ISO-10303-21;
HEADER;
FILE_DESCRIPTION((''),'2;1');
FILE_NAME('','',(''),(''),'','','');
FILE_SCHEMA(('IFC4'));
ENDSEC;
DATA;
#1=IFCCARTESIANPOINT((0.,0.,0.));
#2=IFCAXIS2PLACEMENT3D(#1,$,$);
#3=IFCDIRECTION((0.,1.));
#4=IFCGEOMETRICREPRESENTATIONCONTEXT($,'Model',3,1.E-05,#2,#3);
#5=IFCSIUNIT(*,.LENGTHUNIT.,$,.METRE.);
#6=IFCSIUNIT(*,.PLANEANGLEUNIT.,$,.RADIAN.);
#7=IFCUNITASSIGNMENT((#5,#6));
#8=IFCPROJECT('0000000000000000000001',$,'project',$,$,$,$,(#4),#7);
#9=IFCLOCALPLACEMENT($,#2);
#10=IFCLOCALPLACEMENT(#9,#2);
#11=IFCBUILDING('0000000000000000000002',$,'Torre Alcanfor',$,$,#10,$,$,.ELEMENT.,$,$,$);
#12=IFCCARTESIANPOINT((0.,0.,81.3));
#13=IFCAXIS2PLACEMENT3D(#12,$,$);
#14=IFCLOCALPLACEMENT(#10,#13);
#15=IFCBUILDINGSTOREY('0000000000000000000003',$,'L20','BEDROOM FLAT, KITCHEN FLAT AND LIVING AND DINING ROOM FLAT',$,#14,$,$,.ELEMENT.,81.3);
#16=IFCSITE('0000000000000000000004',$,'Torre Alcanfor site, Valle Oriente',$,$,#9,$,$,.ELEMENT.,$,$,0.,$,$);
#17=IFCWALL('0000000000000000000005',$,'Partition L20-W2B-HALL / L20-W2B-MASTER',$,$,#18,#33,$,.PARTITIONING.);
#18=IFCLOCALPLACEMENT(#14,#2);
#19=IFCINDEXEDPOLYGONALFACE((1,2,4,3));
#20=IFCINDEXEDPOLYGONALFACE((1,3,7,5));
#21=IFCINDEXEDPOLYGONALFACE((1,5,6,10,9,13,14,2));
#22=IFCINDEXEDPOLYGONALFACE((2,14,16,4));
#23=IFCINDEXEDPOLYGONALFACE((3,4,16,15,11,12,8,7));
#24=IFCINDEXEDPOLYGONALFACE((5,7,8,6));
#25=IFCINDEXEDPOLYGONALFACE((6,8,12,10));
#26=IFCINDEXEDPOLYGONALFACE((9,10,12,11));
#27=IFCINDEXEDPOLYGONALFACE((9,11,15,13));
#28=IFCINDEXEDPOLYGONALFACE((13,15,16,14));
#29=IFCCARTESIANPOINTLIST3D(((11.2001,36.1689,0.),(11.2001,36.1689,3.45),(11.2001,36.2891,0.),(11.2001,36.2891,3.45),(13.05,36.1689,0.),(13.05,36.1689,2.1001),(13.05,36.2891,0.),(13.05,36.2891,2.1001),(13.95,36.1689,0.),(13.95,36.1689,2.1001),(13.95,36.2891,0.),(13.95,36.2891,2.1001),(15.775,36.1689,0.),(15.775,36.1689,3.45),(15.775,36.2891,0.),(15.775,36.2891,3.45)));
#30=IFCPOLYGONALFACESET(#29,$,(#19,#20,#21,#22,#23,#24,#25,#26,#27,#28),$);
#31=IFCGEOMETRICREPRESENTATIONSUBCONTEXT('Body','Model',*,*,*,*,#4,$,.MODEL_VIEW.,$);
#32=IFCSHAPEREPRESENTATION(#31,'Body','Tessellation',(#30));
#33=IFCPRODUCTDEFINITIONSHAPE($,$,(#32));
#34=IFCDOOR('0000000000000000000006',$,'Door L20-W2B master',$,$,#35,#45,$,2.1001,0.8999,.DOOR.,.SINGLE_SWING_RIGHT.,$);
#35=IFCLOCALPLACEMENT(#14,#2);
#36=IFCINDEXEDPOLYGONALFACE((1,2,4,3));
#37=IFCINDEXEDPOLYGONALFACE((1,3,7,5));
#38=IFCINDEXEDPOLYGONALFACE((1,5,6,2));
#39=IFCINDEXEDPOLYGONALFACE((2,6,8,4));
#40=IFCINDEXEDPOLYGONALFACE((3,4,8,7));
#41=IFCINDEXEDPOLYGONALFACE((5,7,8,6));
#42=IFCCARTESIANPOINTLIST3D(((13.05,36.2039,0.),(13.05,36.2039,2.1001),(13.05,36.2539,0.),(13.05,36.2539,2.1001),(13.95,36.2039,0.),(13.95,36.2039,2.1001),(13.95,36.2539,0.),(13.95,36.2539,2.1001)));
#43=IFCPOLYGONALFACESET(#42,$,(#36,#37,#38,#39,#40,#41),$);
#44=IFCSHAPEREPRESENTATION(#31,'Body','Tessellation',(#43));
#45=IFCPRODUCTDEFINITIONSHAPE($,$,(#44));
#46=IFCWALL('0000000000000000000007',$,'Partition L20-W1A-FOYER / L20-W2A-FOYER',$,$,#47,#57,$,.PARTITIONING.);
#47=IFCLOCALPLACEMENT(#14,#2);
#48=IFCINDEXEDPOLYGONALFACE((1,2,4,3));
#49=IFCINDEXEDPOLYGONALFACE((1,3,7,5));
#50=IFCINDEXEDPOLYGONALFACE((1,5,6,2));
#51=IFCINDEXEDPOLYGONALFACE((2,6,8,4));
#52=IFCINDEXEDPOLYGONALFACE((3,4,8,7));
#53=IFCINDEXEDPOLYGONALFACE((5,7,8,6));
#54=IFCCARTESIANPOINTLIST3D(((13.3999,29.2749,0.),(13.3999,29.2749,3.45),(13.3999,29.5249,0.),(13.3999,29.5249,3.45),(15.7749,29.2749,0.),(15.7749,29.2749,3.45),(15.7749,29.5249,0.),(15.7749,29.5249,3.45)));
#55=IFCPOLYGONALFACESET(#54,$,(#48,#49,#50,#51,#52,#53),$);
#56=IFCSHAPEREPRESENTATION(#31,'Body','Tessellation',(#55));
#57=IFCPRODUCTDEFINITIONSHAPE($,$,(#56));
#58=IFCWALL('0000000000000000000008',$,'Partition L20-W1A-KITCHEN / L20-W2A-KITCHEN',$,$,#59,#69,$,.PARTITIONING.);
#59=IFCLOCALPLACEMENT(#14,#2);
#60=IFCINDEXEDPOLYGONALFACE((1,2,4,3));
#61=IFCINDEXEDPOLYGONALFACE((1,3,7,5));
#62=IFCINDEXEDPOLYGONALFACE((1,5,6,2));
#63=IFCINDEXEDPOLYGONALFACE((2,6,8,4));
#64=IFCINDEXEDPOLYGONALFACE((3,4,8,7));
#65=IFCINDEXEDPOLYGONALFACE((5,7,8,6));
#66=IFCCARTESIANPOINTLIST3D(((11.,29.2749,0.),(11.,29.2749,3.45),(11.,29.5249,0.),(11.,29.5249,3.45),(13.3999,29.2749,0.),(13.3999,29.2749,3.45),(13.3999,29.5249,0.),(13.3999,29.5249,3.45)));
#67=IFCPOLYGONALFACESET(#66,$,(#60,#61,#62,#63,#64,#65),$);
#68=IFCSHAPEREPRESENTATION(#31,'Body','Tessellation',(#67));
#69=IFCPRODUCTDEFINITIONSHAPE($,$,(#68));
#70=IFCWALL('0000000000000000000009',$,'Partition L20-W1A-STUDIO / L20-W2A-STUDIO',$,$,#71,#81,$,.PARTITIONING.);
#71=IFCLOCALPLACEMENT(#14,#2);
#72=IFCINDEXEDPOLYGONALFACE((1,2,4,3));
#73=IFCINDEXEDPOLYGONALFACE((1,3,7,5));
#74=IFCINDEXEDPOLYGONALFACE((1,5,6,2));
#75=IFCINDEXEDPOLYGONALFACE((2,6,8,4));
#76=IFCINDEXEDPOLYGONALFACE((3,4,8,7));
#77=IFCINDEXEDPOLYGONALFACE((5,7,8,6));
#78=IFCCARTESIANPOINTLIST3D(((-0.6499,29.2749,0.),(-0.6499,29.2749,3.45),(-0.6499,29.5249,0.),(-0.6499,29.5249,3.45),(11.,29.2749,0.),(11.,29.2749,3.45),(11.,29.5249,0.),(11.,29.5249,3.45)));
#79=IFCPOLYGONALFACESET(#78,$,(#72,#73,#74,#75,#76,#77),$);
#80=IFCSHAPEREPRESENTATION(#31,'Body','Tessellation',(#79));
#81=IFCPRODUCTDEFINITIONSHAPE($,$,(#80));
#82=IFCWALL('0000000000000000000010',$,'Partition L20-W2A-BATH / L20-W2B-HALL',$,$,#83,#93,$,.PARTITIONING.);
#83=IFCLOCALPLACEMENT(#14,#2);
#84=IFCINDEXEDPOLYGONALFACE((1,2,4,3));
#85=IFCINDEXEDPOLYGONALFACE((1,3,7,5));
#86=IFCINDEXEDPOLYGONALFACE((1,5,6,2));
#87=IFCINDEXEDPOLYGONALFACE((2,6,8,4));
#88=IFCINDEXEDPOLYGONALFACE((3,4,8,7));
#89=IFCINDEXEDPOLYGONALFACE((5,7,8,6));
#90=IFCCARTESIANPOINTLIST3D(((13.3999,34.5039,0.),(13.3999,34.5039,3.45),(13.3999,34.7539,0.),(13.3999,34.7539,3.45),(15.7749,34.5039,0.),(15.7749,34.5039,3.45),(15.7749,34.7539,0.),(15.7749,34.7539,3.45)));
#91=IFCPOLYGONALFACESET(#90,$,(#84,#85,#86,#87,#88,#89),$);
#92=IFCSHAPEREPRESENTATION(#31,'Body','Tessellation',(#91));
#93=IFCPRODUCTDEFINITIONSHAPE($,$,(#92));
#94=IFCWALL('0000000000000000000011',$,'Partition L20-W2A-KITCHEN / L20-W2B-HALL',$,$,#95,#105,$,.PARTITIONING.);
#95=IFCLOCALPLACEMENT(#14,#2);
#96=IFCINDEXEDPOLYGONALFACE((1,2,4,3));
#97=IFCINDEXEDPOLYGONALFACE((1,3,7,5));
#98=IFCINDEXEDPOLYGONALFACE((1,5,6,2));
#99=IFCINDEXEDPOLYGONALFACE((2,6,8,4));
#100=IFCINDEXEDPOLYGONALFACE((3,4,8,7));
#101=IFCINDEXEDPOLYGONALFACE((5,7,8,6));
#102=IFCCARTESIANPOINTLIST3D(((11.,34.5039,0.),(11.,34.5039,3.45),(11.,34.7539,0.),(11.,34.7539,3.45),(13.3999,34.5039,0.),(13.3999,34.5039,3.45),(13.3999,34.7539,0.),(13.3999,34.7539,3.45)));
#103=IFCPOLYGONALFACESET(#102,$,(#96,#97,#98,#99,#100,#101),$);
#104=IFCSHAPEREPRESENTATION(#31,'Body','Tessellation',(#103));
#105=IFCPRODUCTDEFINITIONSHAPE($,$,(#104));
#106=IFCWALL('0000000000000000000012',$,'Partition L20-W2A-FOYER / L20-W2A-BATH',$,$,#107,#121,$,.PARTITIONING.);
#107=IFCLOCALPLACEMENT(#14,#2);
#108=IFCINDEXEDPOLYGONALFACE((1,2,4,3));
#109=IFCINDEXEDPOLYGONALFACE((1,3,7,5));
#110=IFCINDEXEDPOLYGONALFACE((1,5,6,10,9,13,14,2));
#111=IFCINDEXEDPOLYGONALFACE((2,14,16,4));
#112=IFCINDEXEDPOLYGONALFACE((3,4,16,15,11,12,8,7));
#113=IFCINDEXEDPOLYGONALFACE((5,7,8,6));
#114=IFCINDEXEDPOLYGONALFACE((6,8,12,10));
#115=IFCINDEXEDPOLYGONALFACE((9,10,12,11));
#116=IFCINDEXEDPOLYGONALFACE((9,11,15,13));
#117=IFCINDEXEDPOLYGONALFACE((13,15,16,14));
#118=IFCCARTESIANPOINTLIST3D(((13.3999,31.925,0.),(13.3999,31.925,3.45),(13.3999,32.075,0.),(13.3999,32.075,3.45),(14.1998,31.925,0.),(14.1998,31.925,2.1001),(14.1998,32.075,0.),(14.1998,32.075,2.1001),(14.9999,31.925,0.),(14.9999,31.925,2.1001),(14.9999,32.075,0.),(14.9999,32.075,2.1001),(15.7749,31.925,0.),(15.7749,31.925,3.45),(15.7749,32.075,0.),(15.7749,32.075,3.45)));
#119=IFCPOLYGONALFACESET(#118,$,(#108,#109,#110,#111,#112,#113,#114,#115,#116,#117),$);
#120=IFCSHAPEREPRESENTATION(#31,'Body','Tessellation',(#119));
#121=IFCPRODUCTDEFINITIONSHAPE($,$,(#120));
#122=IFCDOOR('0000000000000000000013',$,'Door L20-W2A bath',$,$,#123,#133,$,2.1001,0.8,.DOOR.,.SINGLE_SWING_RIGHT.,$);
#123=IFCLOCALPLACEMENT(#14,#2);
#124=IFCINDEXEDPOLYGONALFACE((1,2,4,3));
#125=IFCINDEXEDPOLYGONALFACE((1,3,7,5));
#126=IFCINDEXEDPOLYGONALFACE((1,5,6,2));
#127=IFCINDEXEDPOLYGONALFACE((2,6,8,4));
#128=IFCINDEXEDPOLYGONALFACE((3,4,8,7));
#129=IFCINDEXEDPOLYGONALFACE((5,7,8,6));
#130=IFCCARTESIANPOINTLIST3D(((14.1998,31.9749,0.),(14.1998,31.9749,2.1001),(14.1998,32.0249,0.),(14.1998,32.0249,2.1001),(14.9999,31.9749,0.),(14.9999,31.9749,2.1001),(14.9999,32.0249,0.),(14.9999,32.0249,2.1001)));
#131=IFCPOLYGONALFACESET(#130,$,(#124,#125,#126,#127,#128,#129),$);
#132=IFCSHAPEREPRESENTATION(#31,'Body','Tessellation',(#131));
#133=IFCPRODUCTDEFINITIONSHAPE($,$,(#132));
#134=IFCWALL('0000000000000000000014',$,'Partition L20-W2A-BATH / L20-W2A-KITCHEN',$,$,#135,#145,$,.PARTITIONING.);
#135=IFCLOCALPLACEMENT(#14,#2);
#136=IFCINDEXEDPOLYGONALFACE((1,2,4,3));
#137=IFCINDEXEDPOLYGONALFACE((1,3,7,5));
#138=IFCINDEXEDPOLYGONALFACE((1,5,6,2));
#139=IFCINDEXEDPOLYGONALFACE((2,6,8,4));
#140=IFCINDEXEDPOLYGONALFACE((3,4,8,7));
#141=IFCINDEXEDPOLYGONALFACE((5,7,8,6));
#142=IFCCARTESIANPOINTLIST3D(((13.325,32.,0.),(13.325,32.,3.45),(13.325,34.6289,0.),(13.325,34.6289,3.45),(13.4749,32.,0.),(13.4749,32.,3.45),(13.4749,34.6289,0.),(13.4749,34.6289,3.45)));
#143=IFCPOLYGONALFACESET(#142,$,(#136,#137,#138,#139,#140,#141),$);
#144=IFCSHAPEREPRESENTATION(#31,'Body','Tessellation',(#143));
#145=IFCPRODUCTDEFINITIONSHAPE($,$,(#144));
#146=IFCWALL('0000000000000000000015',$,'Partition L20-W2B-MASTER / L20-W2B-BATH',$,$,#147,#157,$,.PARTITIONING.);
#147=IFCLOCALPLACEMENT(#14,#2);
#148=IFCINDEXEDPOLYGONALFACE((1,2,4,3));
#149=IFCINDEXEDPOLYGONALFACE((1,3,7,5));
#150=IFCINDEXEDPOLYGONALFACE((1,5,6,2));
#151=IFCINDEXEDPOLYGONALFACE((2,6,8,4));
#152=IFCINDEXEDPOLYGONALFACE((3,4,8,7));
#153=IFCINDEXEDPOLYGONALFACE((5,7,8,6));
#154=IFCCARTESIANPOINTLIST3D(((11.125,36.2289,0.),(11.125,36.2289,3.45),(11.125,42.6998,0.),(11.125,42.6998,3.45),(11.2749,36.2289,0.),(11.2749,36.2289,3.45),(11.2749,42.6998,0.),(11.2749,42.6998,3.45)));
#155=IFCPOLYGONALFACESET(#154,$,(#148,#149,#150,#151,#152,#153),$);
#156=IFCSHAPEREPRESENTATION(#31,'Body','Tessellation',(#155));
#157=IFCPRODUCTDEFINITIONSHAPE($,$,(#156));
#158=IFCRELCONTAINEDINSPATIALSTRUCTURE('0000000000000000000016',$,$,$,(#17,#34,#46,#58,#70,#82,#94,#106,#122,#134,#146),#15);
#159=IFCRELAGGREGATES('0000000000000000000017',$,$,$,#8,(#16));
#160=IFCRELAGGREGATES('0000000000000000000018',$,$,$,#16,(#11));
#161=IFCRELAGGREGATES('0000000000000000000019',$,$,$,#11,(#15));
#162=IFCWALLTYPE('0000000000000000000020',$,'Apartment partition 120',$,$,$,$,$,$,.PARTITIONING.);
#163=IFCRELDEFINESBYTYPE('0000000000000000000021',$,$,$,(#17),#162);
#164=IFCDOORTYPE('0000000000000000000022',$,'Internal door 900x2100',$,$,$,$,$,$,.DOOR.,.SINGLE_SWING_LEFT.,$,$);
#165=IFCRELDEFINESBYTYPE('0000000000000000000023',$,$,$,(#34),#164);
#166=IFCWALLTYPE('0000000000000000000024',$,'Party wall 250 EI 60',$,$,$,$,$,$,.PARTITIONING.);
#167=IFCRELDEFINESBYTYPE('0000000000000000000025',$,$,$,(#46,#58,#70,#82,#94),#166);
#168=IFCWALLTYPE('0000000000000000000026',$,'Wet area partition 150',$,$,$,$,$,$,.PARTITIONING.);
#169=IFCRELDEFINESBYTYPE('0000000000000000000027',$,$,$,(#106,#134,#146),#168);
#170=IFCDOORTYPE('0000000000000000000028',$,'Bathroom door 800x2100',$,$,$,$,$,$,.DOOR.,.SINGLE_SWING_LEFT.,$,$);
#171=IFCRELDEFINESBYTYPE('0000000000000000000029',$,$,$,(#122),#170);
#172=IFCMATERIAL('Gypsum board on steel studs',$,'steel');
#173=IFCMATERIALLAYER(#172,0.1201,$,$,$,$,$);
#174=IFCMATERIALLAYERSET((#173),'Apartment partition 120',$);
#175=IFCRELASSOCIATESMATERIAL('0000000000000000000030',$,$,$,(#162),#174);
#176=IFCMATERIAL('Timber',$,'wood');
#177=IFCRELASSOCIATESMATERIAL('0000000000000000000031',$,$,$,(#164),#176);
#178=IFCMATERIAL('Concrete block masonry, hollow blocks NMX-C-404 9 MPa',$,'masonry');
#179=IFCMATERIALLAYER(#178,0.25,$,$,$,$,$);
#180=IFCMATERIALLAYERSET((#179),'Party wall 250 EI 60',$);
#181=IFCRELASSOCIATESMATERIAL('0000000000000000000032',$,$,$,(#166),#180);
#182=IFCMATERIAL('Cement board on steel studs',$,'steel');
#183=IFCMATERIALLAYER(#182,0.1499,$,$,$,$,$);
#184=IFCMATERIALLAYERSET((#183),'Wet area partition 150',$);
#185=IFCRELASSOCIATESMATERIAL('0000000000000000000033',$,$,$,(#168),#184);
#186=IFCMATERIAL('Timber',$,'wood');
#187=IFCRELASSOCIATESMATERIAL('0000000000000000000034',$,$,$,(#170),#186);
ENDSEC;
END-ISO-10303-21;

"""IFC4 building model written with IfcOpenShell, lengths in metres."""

from ifc_helpers import new_model, si_unit, direction, frame, frame_2d, origin, place, context, subcontext, project, spatial, rectangle, extrude, material, layer, layer_set, type_object, element, fill, save


model = new_model("IFC4")

# Units and contexts
model_context = context("Model", 3, precision=1e-05, world=origin(), true_north=direction((0.0, 1.0)))
body_context = subcontext(model_context, "Body", "Model", "MODEL_VIEW")
ifc_project = project(units=[si_unit("LENGTHUNIT", "METRE"), si_unit("PLANEANGLEUNIT", "RADIAN")], contexts=[model_context])

# Site, building, storey
site_placement = place(None, origin())
site = spatial("IfcSite", under=ifc_project, at=site_placement, Name="Torre Alcanfor site, Valle Oriente", CompositionType="ELEMENT", RefElevation=0.0)
building_placement = place(site_placement, origin())
building = spatial("IfcBuilding", under=site, at=building_placement, Name="Torre Alcanfor", CompositionType="ELEMENT")
storey_placement = place(building_placement, frame((0.0, 0.0, 81.3)))
storey = spatial("IfcBuildingStorey", under=building, at=storey_placement, Name="L20", Description="BEDROOM FLAT, KITCHEN FLAT AND LIVING AND DINING ROOM FLAT", CompositionType="ELEMENT", Elevation=81.3)

# Wall, opening, door
ifc_material_1 = material(Name="Gypsum board on steel studs", Category="steel")
ifc_layer_1 = layer(ifc_material_1, 0.1201)
ifc_layer_set_1 = layer_set([ifc_layer_1], Name="Apartment partition 120")
wall_type_1 = type_object("IfcWallType", Name="Apartment partition 120", PredefinedType="PARTITIONING", material=ifc_layer_set_1)
wall_1_placement = place(storey_placement, frame((11.2, 36.229, 0.0), z_axis=(0.0, 0.0, 1.0), x_axis=(1.0, 0.0, 0.0)))
wall_1 = element("IfcWall", 1, at=wall_1_placement, inside=storey, type_object=wall_type_1, Name="Partition L20-W2B-HALL / L20-W2B-MASTER", PredefinedType="PARTITIONING", context=body_context, shape_type="SweptSolid", body=[
    extrude(rectangle(XDim=4.575, YDim=0.1201, at=frame_2d((2.2876, 0.0))), origin(), (0.0, 0.0, 1.0), 3.45),
])
opening_1_placement = place(wall_1_placement, frame((1.8501, 0.0, 0.0)))
opening_1 = element("IfcOpeningElement", 2, at=opening_1_placement, cuts=wall_1, PredefinedType="OPENING", context=body_context, shape_type="SweptSolid", body=[
    extrude(rectangle(XDim=0.8999, YDim=2.1001, at=frame_2d((0.45, 1.05))), frame((0.0, 0.0701, 0.0), z_axis=(0.0, -1.0, 0.0), x_axis=(1.0, 0.0, 0.0)), (0.0, 0.0, 1.0), 0.1401),
])
ifc_material_2 = material(Name="Timber", Category="wood")
door_type_1 = type_object("IfcDoorType", Name="Internal door 900x2100", OperationType="SINGLE_SWING_LEFT", PredefinedType="DOOR", material=ifc_material_2)
door_1_placement = place(opening_1_placement, origin())
door_1 = element("IfcDoor", 3, at=door_1_placement, inside=storey, type_object=door_type_1, Name="Door L20-W2B master", OperationType="SINGLE_SWING_RIGHT", OverallHeight=2.1001, OverallWidth=0.8999, PredefinedType="DOOR", context=body_context, shape_type="SweptSolid", body=[
    extrude(rectangle(XDim=0.8999, YDim=2.1001, at=frame_2d((0.45, 1.05))), frame((0.0, 0.0249, 0.0), z_axis=(0.0, -1.0, 0.0), x_axis=(1.0, 0.0, 0.0)), (0.0, 0.0, 1.0), 0.05),
])
fill(opening_1, door_1)

# Walls
ifc_material_3 = material(Name="Concrete block masonry, hollow blocks NMX-C-404 9 MPa", Category="masonry")
ifc_layer_2 = layer(ifc_material_3, 0.25)
ifc_layer_set_2 = layer_set([ifc_layer_2], Name="Party wall 250 EI 60")
wall_type_2 = type_object("IfcWallType", Name="Party wall 250 EI 60", PredefinedType="PARTITIONING", material=ifc_layer_set_2)
wall_2_placement = place(storey_placement, frame((15.7749, 29.3999, 0.0), z_axis=(0.0, 0.0, 1.0), x_axis=(-1.0, 0.0, 0.0)))
element("IfcWall", 4, at=wall_2_placement, inside=storey, type_object=wall_type_2, Name="Partition L20-W1A-FOYER / L20-W2A-FOYER", PredefinedType="PARTITIONING", context=body_context, shape_type="SweptSolid", body=[
    extrude(rectangle(XDim=2.375, YDim=0.25, at=frame_2d((1.1875, 0.0))), origin(), (0.0, 0.0, 1.0), 3.45),
])
wall_3_placement = place(storey_placement, frame((13.3999, 29.3999, 0.0), z_axis=(0.0, 0.0, 1.0), x_axis=(-1.0, 0.0, 0.0)))
element("IfcWall", 5, at=wall_3_placement, inside=storey, type_object=wall_type_2, Name="Partition L20-W1A-KITCHEN / L20-W2A-KITCHEN", PredefinedType="PARTITIONING", context=body_context, shape_type="SweptSolid", body=[
    extrude(rectangle(XDim=2.3999, YDim=0.25, at=frame_2d((1.2, 0.0))), origin(), (0.0, 0.0, 1.0), 3.45),
])
wall_4_placement = place(storey_placement, frame((11.0, 29.3999, 0.0), z_axis=(0.0, 0.0, 1.0), x_axis=(-1.0, 0.0, 0.0)))
element("IfcWall", 6, at=wall_4_placement, inside=storey, type_object=wall_type_2, Name="Partition L20-W1A-STUDIO / L20-W2A-STUDIO", PredefinedType="PARTITIONING", context=body_context, shape_type="SweptSolid", body=[
    extrude(rectangle(XDim=11.6499, YDim=0.25, at=frame_2d((5.825, 0.0))), origin(), (0.0, 0.0, 1.0), 3.45),
])
wall_5_placement = place(storey_placement, frame((13.3999, 34.6289, 0.0), z_axis=(0.0, 0.0, 1.0), x_axis=(1.0, 0.0, 0.0)))
element("IfcWall", 7, at=wall_5_placement, inside=storey, type_object=wall_type_2, Name="Partition L20-W2A-BATH / L20-W2B-HALL", PredefinedType="PARTITIONING", context=body_context, shape_type="SweptSolid", body=[
    extrude(rectangle(XDim=2.375, YDim=0.25, at=frame_2d((1.1875, 0.0))), origin(), (0.0, 0.0, 1.0), 3.45),
])
wall_6_placement = place(storey_placement, frame((11.0, 34.6289, 0.0), z_axis=(0.0, 0.0, 1.0), x_axis=(1.0, 0.0, 0.0)))
element("IfcWall", 8, at=wall_6_placement, inside=storey, type_object=wall_type_2, Name="Partition L20-W2A-KITCHEN / L20-W2B-HALL", PredefinedType="PARTITIONING", context=body_context, shape_type="SweptSolid", body=[
    extrude(rectangle(XDim=2.3999, YDim=0.25, at=frame_2d((1.2, 0.0))), origin(), (0.0, 0.0, 1.0), 3.45),
])

# Wall, opening, door
ifc_material_4 = material(Name="Cement board on steel studs", Category="steel")
ifc_layer_3 = layer(ifc_material_4, 0.1499)
ifc_layer_set_3 = layer_set([ifc_layer_3], Name="Wet area partition 150")
wall_type_3 = type_object("IfcWallType", Name="Wet area partition 150", PredefinedType="PARTITIONING", material=ifc_layer_set_3)
wall_7_placement = place(storey_placement, frame((13.3999, 32.0, 0.0), z_axis=(0.0, 0.0, 1.0), x_axis=(1.0, 0.0, 0.0)))
wall_7 = element("IfcWall", 9, at=wall_7_placement, inside=storey, type_object=wall_type_3, Name="Partition L20-W2A-FOYER / L20-W2A-BATH", PredefinedType="PARTITIONING", context=body_context, shape_type="SweptSolid", body=[
    extrude(rectangle(XDim=2.375, YDim=0.1499, at=frame_2d((1.1875, 0.0))), origin(), (0.0, 0.0, 1.0), 3.45),
])
opening_2_placement = place(wall_7_placement, frame((0.8, 0.0, 0.0)))
opening_2 = element("IfcOpeningElement", 10, at=opening_2_placement, cuts=wall_7, PredefinedType="OPENING", context=body_context, shape_type="SweptSolid", body=[
    extrude(rectangle(XDim=0.8, YDim=2.1001, at=frame_2d((0.3999, 1.05))), frame((0.0, 0.085, 0.0), z_axis=(0.0, -1.0, 0.0), x_axis=(1.0, 0.0, 0.0)), (0.0, 0.0, 1.0), 0.1699),
])
ifc_material_5 = material(Name="Timber", Category="wood")
door_type_2 = type_object("IfcDoorType", Name="Bathroom door 800x2100", OperationType="SINGLE_SWING_LEFT", PredefinedType="DOOR", material=ifc_material_5)
door_2_placement = place(opening_2_placement, origin())
door_2 = element("IfcDoor", 11, at=door_2_placement, inside=storey, type_object=door_type_2, Name="Door L20-W2A bath", OperationType="SINGLE_SWING_RIGHT", OverallHeight=2.1001, OverallWidth=0.8, PredefinedType="DOOR", context=body_context, shape_type="SweptSolid", body=[
    extrude(rectangle(XDim=0.8, YDim=2.1001, at=frame_2d((0.3999, 1.05))), frame((0.0, 0.0249, 0.0), z_axis=(0.0, -1.0, 0.0), x_axis=(1.0, 0.0, 0.0)), (0.0, 0.0, 1.0), 0.05),
])
fill(opening_2, door_2)

# Walls
wall_8_placement = place(storey_placement, frame((13.3999, 32.0, 0.0), z_axis=(0.0, 0.0, 1.0), x_axis=(0.0, 1.0, 0.0)))
element("IfcWall", 12, at=wall_8_placement, inside=storey, type_object=wall_type_3, Name="Partition L20-W2A-BATH / L20-W2A-KITCHEN", PredefinedType="PARTITIONING", context=body_context, shape_type="SweptSolid", body=[
    extrude(rectangle(XDim=2.6289, YDim=0.1499, at=frame_2d((1.3145, 0.0))), origin(), (0.0, 0.0, 1.0), 3.45),
])
wall_9_placement = place(storey_placement, frame((11.2, 36.229, 0.0), z_axis=(0.0, 0.0, 1.0), x_axis=(0.0, 1.0, 0.0)))
element("IfcWall", 13, at=wall_9_placement, inside=storey, type_object=wall_type_3, Name="Partition L20-W2B-MASTER / L20-W2B-BATH", PredefinedType="PARTITIONING", context=body_context, shape_type="SweptSolid", body=[
    extrude(rectangle(XDim=6.4709, YDim=0.1499, at=frame_2d((3.2354, 0.0))), origin(), (0.0, 0.0, 1.0), 3.45),
])

save(model, "model.ifc")
